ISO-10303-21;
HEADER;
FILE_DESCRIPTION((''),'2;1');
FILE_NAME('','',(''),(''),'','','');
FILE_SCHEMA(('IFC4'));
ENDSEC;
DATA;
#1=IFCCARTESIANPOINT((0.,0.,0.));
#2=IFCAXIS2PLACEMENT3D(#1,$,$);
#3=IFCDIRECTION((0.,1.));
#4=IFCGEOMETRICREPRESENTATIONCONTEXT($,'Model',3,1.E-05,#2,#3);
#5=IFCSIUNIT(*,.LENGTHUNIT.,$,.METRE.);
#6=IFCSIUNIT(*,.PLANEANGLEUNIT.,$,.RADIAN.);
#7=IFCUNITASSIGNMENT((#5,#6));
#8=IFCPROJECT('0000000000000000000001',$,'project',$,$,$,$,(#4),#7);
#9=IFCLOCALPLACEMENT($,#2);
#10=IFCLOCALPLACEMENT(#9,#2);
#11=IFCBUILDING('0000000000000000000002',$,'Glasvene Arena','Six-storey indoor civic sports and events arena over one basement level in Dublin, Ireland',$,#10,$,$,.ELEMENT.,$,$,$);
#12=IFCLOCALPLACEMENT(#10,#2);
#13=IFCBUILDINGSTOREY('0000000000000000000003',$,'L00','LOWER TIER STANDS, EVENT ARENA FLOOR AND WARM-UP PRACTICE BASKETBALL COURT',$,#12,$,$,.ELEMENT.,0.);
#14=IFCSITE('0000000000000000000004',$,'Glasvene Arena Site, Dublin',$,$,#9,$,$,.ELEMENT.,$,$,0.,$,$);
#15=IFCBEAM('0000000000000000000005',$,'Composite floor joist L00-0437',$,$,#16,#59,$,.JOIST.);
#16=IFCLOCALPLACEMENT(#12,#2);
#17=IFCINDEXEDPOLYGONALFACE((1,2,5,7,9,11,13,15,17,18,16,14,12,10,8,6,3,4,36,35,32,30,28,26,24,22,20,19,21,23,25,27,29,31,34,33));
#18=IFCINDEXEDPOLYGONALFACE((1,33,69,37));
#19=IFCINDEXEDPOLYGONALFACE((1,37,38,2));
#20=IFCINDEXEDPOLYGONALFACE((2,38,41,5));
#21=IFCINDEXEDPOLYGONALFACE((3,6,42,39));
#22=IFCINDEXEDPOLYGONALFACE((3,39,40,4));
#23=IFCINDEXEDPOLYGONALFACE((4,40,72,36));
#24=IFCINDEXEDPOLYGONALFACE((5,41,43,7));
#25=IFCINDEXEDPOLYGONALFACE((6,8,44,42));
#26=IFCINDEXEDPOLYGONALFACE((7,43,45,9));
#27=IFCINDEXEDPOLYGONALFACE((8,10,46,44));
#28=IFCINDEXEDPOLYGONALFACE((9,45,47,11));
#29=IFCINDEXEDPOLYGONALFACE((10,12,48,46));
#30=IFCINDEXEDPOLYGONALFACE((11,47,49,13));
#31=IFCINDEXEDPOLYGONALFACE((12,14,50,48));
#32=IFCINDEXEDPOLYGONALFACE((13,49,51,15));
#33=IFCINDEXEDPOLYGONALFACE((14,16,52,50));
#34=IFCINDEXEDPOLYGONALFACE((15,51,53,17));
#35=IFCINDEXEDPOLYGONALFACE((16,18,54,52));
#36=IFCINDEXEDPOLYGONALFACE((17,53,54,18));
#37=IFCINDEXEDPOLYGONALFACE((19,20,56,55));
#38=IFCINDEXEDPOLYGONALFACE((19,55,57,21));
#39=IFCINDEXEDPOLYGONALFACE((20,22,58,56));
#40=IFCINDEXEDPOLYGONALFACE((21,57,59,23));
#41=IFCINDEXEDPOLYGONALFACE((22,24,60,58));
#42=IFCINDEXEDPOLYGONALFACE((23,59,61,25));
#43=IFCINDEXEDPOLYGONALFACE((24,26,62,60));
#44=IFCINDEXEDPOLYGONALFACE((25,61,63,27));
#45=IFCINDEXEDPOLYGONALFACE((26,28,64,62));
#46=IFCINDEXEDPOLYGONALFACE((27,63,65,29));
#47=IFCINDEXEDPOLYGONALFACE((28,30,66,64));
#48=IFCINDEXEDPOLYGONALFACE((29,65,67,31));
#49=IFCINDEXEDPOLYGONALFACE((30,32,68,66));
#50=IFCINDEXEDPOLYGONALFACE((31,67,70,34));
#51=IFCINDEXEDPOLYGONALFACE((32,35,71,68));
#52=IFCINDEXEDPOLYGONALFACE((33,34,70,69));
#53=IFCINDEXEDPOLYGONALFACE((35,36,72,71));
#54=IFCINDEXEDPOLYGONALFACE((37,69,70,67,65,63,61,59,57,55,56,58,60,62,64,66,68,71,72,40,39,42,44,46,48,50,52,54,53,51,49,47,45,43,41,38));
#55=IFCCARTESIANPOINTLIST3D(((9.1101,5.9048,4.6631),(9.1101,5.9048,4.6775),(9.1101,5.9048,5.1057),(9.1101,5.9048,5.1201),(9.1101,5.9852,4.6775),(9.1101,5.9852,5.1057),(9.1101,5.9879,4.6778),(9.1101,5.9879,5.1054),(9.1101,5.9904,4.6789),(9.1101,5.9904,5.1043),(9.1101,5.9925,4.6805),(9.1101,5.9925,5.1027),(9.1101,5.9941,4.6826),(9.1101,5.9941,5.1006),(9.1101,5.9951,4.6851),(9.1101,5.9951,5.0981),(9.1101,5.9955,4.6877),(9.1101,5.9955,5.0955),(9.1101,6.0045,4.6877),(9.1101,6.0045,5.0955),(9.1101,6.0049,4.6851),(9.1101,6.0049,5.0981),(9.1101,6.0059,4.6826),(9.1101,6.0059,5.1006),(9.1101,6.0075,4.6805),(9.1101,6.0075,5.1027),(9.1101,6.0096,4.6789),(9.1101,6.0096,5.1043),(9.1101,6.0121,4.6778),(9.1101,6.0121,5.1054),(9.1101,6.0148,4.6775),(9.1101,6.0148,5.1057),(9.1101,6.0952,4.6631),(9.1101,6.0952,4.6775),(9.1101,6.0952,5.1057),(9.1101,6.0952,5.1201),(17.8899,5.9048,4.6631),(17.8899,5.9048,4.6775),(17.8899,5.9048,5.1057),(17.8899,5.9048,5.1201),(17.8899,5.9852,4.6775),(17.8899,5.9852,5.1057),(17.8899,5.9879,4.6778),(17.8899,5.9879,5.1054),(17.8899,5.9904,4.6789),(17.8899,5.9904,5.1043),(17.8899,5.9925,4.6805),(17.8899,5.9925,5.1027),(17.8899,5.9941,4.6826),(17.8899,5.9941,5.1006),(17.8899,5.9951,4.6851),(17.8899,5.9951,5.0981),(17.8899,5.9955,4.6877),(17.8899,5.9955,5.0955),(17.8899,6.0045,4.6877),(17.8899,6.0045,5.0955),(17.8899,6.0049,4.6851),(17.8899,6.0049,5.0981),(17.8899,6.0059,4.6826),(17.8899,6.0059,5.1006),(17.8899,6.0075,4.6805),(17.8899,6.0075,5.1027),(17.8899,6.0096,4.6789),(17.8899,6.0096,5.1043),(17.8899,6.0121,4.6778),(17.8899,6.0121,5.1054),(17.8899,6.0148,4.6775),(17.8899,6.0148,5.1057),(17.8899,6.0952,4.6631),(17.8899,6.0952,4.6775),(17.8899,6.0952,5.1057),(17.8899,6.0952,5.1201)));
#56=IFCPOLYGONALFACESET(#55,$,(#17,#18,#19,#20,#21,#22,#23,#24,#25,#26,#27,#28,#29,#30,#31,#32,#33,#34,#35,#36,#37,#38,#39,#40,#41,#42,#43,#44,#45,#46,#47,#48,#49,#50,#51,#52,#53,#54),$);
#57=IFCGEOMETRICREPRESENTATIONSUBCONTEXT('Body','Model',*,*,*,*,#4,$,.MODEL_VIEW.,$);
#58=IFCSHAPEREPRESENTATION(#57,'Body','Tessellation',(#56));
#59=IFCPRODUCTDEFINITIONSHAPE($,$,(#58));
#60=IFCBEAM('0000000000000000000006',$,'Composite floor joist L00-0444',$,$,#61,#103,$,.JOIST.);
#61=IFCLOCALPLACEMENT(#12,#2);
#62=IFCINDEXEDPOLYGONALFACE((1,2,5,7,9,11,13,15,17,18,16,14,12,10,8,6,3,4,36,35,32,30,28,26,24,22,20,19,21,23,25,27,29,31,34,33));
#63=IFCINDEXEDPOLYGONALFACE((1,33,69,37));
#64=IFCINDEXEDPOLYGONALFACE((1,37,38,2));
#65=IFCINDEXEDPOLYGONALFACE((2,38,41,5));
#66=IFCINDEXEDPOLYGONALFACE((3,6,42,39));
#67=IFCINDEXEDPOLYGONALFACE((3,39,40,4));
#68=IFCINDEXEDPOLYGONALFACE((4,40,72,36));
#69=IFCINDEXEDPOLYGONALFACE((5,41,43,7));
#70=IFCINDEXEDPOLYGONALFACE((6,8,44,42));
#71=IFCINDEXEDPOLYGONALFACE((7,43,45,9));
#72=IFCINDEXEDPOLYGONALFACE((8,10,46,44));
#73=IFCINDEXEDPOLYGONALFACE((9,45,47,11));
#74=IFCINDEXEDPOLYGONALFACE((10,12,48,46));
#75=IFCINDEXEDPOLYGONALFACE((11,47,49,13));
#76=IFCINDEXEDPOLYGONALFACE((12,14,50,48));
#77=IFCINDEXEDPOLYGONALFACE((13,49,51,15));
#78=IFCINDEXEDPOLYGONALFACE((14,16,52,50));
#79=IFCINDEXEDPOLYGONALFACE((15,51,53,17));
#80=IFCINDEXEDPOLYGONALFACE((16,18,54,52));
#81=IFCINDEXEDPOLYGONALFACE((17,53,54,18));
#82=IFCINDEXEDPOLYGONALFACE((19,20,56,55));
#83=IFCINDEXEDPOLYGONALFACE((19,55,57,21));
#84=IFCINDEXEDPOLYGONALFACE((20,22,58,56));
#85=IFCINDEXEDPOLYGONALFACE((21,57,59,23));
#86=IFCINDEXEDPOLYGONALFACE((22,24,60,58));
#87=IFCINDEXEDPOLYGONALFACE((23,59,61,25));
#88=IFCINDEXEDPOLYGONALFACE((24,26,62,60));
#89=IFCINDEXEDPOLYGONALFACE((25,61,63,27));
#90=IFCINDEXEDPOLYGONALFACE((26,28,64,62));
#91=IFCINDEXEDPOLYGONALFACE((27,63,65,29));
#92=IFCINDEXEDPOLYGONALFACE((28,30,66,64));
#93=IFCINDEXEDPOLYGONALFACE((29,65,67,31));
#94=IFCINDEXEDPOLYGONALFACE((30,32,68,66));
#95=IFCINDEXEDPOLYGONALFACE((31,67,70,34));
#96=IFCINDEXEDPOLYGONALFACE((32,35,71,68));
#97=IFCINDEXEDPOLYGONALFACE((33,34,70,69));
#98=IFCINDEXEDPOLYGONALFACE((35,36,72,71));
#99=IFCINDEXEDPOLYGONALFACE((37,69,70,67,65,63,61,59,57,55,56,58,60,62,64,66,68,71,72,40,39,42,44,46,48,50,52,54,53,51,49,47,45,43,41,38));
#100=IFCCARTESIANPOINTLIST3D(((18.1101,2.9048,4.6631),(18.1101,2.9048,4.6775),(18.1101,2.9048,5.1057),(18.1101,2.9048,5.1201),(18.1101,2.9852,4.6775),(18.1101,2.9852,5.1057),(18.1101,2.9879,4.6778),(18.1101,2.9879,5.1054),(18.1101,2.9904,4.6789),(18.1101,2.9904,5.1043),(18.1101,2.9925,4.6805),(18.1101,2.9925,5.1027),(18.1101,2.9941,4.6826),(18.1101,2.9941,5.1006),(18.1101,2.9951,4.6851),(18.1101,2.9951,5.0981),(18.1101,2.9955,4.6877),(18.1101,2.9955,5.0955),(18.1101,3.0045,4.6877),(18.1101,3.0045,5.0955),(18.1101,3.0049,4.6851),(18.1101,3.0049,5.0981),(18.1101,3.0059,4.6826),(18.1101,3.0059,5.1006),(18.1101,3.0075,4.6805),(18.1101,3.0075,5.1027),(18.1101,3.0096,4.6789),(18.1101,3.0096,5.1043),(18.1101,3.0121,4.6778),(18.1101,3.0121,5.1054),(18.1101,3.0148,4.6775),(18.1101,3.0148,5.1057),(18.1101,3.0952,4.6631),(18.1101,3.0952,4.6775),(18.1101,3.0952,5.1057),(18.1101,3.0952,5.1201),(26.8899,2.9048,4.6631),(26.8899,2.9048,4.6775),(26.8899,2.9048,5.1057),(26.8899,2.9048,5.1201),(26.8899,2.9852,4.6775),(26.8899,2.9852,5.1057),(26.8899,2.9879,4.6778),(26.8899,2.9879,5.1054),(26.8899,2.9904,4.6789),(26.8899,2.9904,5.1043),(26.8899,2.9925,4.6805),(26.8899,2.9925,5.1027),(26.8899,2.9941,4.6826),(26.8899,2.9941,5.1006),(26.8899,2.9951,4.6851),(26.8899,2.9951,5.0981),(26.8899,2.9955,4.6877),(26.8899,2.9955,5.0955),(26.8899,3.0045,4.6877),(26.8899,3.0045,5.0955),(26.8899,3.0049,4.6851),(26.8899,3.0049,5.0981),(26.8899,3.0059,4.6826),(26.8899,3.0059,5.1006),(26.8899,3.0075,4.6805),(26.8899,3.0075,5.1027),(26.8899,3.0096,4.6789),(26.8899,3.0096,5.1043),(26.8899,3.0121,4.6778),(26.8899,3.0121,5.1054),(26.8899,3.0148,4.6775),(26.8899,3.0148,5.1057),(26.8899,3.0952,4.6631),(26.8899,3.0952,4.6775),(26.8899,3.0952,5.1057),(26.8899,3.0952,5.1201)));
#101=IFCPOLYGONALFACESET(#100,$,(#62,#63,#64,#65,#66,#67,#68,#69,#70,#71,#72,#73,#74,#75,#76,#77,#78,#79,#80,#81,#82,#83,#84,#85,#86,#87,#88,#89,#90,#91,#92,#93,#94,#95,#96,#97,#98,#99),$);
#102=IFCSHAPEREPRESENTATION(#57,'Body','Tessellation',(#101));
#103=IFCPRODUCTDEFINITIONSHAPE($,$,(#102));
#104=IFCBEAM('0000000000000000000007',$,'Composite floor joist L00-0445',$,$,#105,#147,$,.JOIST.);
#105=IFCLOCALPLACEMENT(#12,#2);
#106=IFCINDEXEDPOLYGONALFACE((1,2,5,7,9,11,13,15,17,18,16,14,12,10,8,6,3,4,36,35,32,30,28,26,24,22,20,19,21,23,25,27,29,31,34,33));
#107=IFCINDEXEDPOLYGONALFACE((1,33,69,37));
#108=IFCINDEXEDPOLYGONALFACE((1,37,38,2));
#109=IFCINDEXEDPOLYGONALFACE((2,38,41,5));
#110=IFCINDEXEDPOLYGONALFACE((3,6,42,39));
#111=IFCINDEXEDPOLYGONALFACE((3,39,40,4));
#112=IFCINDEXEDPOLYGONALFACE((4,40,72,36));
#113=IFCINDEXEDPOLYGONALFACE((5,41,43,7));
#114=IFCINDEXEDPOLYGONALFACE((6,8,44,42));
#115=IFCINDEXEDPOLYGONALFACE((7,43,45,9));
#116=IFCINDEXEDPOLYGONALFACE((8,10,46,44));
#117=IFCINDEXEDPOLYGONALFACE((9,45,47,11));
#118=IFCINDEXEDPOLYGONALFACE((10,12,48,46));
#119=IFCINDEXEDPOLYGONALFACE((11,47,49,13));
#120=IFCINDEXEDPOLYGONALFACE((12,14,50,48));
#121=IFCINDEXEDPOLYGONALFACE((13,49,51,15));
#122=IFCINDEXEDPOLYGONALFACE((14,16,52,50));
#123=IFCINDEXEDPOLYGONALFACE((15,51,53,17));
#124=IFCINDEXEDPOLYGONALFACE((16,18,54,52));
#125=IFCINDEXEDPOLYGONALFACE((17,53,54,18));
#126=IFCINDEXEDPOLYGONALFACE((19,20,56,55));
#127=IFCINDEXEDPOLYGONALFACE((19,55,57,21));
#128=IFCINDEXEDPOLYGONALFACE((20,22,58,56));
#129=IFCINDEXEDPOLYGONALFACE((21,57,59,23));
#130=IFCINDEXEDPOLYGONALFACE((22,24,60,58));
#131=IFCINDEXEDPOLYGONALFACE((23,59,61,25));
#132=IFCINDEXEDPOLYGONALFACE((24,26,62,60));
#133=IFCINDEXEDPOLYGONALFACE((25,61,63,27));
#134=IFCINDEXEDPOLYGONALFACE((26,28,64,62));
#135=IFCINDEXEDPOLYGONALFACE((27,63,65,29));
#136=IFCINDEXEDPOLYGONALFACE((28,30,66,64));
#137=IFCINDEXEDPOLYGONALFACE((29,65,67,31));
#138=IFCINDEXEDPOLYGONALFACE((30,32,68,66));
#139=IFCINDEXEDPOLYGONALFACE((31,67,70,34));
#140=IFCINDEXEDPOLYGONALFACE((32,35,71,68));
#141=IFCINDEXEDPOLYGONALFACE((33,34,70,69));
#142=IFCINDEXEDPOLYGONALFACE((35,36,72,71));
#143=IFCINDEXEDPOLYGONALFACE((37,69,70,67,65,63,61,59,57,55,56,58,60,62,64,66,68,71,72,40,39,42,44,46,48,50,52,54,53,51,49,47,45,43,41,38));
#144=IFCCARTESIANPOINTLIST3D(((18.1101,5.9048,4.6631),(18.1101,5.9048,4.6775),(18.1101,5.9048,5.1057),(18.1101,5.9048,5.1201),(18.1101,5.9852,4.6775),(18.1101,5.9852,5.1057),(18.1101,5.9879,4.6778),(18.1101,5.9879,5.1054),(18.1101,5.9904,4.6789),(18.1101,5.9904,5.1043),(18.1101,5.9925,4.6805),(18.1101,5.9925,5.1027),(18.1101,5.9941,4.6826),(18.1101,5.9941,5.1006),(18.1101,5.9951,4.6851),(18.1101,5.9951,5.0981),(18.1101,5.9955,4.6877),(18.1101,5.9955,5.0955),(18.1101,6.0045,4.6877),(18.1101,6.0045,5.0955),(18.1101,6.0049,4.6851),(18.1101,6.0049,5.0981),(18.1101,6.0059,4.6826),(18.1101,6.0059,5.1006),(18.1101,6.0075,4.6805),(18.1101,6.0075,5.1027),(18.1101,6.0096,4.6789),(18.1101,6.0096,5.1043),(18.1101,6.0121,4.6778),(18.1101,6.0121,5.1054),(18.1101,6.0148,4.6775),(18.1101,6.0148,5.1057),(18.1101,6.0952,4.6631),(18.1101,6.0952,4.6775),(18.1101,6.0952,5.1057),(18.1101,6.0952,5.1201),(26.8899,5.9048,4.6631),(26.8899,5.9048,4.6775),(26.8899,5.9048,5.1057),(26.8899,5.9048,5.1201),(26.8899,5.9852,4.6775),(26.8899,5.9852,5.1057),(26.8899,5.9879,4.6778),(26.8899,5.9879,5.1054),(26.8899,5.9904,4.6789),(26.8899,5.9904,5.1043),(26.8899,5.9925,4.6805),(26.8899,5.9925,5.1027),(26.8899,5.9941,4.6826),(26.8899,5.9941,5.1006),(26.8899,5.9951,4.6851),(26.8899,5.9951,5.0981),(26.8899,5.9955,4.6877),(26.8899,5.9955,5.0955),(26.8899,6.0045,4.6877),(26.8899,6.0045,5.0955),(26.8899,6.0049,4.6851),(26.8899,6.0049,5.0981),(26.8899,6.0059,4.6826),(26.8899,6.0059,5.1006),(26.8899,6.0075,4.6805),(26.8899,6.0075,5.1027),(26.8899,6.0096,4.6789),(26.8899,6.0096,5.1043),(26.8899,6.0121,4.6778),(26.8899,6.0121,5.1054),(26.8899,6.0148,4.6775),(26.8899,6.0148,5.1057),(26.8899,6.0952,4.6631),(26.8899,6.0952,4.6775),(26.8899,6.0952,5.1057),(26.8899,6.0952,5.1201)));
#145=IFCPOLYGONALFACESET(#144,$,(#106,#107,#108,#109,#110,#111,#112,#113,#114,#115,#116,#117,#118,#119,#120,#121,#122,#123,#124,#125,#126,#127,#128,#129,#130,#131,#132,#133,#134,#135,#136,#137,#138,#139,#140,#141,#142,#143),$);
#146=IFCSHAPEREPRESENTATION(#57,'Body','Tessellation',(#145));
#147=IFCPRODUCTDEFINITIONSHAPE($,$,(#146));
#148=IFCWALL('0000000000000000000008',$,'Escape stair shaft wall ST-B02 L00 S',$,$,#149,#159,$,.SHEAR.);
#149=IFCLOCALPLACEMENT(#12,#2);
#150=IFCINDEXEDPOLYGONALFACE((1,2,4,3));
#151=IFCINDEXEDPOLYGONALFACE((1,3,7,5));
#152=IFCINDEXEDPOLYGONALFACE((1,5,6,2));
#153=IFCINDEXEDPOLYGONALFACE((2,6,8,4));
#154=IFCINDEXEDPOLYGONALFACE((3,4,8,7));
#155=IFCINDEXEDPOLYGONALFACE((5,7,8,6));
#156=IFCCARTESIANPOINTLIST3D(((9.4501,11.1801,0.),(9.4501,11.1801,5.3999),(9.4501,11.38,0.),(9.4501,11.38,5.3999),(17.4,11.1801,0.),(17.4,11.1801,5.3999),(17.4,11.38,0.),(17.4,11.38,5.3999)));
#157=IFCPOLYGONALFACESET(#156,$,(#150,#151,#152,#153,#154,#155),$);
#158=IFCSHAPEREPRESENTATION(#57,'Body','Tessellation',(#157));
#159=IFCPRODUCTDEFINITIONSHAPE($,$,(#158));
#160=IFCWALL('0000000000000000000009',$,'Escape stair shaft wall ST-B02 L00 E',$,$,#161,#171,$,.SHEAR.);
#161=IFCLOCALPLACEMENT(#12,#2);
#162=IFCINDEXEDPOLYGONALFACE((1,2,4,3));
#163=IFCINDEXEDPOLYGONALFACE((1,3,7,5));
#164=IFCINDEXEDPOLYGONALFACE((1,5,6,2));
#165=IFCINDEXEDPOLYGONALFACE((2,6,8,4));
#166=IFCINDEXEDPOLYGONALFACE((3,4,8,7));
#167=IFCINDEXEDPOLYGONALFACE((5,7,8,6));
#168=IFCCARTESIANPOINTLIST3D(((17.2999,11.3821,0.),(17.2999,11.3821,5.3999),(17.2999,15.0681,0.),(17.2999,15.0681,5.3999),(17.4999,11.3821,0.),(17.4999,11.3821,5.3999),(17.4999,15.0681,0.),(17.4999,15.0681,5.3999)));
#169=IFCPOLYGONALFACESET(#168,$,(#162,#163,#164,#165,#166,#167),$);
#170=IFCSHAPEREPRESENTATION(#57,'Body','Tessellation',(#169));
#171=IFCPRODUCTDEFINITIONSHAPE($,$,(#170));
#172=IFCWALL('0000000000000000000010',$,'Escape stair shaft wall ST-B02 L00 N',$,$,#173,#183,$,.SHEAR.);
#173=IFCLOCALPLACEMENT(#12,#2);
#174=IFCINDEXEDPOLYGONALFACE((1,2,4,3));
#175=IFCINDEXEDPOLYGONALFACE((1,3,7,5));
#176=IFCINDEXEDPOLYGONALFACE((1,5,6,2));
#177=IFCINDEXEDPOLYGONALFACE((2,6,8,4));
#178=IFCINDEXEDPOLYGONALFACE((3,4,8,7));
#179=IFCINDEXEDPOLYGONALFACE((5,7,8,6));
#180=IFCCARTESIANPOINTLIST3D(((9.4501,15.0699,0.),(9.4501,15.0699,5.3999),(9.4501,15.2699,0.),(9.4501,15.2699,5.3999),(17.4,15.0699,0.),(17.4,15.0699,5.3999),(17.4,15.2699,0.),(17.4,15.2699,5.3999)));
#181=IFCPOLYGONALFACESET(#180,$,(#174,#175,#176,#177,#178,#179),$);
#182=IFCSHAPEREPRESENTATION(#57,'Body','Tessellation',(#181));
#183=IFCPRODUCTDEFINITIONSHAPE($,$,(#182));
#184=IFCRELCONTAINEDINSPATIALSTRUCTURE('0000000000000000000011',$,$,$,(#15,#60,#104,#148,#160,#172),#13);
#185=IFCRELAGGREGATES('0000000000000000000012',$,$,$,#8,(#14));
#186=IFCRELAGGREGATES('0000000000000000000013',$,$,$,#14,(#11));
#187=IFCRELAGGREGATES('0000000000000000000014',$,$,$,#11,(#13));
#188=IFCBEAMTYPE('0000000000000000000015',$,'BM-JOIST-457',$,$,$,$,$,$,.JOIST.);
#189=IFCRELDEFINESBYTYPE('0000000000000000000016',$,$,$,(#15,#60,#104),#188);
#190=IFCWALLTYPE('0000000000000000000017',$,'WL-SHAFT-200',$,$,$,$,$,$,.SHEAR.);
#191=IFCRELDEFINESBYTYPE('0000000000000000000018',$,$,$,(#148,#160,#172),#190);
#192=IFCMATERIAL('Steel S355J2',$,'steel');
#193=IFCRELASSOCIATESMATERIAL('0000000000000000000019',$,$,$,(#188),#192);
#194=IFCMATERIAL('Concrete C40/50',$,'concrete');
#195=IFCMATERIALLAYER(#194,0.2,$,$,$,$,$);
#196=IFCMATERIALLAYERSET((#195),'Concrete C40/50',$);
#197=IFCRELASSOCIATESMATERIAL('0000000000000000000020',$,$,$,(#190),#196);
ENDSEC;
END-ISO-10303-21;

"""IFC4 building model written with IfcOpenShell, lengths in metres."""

from ifc_helpers import new_model, si_unit, direction, frame, frame_2d, origin, origin_2d, place, context, subcontext, project, spatial, rectangle, i_section, extrude, material, layer, layer_set, material_profile, profile_set, type_object, element, save


model = new_model("IFC4")

# Units and contexts
model_context = context("Model", 3, precision=1e-05, world=origin(), true_north=direction((0.0, 1.0)))
body_context = subcontext(model_context, "Body", "Model", "MODEL_VIEW")
ifc_project = project(units=[si_unit("LENGTHUNIT", "METRE"), si_unit("PLANEANGLEUNIT", "RADIAN")], contexts=[model_context])

# Site, building, storey
site_placement = place(None, origin())
site = spatial("IfcSite", under=ifc_project, at=site_placement, Name="Glasvene Arena Site, Dublin", CompositionType="ELEMENT", RefElevation=0.0)
building_placement = place(site_placement, origin())
building = spatial("IfcBuilding", under=site, at=building_placement, Name="Glasvene Arena", Description="Six-storey indoor civic sports and events arena over one basement level in Dublin, Ireland", CompositionType="ELEMENT")
storey_placement = place(building_placement, origin())
storey = spatial("IfcBuildingStorey", under=building, at=storey_placement, Name="L00", Description="LOWER TIER STANDS, EVENT ARENA FLOOR AND WARM-UP PRACTICE BASKETBALL COURT", CompositionType="ELEMENT", Elevation=0.0)

# Shared definitions
ifc_material_1 = material(Name="Steel S355J2", Category="steel")

# Beams
ifc_material_profile_1 = material_profile(ifc_material_1, i_section(OverallWidth=0.1904, OverallDepth=0.457, WebThickness=0.009, FlangeThickness=0.0144, FilletRadius=0.0103, at=origin_2d()), Name="UKB 457x191x74")
ifc_profile_set_1 = profile_set([ifc_material_profile_1], Name="Steel S355J2")
beam_type_1 = type_object("IfcBeamType", Name="BM-JOIST-457", PredefinedType="JOIST", material=ifc_profile_set_1)
for number, where, z_axis, x_axis, name in (
    (1, (9.1101, 6.0, 4.8916), (1.0, 0.0, 0.0), (0.0, 1.0, 0.0), "Composite floor joist L00-0437"),
    (2, (18.1101, 3.0, 4.8916), (1.0, 0.0, 0.0), (0.0, 1.0, 0.0), "Composite floor joist L00-0444"),
    (3, (18.1101, 6.0, 4.8916), (1.0, 0.0, 0.0), (0.0, 1.0, 0.0), "Composite floor joist L00-0445"),
):
    element("IfcBeam", number, at=place(storey_placement, frame(where, z_axis=z_axis, x_axis=x_axis)), inside=storey, type_object=beam_type_1, Name=name, PredefinedType="JOIST", context=body_context, shape_type="SweptSolid", body=[
        extrude(i_section(OverallWidth=0.1904, OverallDepth=0.457, WebThickness=0.009, FlangeThickness=0.0144, FilletRadius=0.0103, at=origin_2d()), origin(), (0.0, 0.0, 1.0), 8.7798),
    ])

# Shared definitions
ifc_material_2 = material(Name="Concrete C40/50", Category="concrete")

# Wall
ifc_layer_1 = layer(ifc_material_2, 0.2)
ifc_layer_set_1 = layer_set([ifc_layer_1], Name="Concrete C40/50")
wall_type = type_object("IfcWallType", Name="WL-SHAFT-200", PredefinedType="SHEAR", material=ifc_layer_set_1)
wall_1_placement = place(storey_placement, frame((9.45, 11.28, 0.0), z_axis=(0.0, 0.0, 1.0), x_axis=(1.0, 0.0, 0.0)))
element("IfcWall", 4, at=wall_1_placement, inside=storey, type_object=wall_type, Name="Escape stair shaft wall ST-B02 L00 S", PredefinedType="SHEAR", context=body_context, shape_type="SweptSolid", body=[
    extrude(rectangle(XDim=7.95, YDim=0.2, at=frame_2d((3.9751, 0.0))), origin(), (0.0, 0.0, 1.0), 5.3999),
])

# Walls
wall_2_placement = place(storey_placement, frame((17.3999, 11.3821, 0.0), z_axis=(0.0, 0.0, 1.0), x_axis=(0.0, 1.0, 0.0)))
element("IfcWall", 5, at=wall_2_placement, inside=storey, type_object=wall_type, Name="Escape stair shaft wall ST-B02 L00 E", PredefinedType="SHEAR", context=body_context, shape_type="SweptSolid", body=[
    extrude(rectangle(XDim=3.686, YDim=0.2, at=frame_2d((1.843, 0.0))), origin(), (0.0, 0.0, 1.0), 5.3999),
])
wall_3_placement = place(storey_placement, frame((9.45, 15.1699, 0.0), z_axis=(0.0, 0.0, 1.0), x_axis=(1.0, 0.0, 0.0)))
element("IfcWall", 6, at=wall_3_placement, inside=storey, type_object=wall_type, Name="Escape stair shaft wall ST-B02 L00 N", PredefinedType="SHEAR", context=body_context, shape_type="SweptSolid", body=[
    extrude(rectangle(XDim=7.95, YDim=0.2, at=frame_2d((3.9751, 0.0))), origin(), (0.0, 0.0, 1.0), 5.3999),
])

save(model, "model.ifc")
